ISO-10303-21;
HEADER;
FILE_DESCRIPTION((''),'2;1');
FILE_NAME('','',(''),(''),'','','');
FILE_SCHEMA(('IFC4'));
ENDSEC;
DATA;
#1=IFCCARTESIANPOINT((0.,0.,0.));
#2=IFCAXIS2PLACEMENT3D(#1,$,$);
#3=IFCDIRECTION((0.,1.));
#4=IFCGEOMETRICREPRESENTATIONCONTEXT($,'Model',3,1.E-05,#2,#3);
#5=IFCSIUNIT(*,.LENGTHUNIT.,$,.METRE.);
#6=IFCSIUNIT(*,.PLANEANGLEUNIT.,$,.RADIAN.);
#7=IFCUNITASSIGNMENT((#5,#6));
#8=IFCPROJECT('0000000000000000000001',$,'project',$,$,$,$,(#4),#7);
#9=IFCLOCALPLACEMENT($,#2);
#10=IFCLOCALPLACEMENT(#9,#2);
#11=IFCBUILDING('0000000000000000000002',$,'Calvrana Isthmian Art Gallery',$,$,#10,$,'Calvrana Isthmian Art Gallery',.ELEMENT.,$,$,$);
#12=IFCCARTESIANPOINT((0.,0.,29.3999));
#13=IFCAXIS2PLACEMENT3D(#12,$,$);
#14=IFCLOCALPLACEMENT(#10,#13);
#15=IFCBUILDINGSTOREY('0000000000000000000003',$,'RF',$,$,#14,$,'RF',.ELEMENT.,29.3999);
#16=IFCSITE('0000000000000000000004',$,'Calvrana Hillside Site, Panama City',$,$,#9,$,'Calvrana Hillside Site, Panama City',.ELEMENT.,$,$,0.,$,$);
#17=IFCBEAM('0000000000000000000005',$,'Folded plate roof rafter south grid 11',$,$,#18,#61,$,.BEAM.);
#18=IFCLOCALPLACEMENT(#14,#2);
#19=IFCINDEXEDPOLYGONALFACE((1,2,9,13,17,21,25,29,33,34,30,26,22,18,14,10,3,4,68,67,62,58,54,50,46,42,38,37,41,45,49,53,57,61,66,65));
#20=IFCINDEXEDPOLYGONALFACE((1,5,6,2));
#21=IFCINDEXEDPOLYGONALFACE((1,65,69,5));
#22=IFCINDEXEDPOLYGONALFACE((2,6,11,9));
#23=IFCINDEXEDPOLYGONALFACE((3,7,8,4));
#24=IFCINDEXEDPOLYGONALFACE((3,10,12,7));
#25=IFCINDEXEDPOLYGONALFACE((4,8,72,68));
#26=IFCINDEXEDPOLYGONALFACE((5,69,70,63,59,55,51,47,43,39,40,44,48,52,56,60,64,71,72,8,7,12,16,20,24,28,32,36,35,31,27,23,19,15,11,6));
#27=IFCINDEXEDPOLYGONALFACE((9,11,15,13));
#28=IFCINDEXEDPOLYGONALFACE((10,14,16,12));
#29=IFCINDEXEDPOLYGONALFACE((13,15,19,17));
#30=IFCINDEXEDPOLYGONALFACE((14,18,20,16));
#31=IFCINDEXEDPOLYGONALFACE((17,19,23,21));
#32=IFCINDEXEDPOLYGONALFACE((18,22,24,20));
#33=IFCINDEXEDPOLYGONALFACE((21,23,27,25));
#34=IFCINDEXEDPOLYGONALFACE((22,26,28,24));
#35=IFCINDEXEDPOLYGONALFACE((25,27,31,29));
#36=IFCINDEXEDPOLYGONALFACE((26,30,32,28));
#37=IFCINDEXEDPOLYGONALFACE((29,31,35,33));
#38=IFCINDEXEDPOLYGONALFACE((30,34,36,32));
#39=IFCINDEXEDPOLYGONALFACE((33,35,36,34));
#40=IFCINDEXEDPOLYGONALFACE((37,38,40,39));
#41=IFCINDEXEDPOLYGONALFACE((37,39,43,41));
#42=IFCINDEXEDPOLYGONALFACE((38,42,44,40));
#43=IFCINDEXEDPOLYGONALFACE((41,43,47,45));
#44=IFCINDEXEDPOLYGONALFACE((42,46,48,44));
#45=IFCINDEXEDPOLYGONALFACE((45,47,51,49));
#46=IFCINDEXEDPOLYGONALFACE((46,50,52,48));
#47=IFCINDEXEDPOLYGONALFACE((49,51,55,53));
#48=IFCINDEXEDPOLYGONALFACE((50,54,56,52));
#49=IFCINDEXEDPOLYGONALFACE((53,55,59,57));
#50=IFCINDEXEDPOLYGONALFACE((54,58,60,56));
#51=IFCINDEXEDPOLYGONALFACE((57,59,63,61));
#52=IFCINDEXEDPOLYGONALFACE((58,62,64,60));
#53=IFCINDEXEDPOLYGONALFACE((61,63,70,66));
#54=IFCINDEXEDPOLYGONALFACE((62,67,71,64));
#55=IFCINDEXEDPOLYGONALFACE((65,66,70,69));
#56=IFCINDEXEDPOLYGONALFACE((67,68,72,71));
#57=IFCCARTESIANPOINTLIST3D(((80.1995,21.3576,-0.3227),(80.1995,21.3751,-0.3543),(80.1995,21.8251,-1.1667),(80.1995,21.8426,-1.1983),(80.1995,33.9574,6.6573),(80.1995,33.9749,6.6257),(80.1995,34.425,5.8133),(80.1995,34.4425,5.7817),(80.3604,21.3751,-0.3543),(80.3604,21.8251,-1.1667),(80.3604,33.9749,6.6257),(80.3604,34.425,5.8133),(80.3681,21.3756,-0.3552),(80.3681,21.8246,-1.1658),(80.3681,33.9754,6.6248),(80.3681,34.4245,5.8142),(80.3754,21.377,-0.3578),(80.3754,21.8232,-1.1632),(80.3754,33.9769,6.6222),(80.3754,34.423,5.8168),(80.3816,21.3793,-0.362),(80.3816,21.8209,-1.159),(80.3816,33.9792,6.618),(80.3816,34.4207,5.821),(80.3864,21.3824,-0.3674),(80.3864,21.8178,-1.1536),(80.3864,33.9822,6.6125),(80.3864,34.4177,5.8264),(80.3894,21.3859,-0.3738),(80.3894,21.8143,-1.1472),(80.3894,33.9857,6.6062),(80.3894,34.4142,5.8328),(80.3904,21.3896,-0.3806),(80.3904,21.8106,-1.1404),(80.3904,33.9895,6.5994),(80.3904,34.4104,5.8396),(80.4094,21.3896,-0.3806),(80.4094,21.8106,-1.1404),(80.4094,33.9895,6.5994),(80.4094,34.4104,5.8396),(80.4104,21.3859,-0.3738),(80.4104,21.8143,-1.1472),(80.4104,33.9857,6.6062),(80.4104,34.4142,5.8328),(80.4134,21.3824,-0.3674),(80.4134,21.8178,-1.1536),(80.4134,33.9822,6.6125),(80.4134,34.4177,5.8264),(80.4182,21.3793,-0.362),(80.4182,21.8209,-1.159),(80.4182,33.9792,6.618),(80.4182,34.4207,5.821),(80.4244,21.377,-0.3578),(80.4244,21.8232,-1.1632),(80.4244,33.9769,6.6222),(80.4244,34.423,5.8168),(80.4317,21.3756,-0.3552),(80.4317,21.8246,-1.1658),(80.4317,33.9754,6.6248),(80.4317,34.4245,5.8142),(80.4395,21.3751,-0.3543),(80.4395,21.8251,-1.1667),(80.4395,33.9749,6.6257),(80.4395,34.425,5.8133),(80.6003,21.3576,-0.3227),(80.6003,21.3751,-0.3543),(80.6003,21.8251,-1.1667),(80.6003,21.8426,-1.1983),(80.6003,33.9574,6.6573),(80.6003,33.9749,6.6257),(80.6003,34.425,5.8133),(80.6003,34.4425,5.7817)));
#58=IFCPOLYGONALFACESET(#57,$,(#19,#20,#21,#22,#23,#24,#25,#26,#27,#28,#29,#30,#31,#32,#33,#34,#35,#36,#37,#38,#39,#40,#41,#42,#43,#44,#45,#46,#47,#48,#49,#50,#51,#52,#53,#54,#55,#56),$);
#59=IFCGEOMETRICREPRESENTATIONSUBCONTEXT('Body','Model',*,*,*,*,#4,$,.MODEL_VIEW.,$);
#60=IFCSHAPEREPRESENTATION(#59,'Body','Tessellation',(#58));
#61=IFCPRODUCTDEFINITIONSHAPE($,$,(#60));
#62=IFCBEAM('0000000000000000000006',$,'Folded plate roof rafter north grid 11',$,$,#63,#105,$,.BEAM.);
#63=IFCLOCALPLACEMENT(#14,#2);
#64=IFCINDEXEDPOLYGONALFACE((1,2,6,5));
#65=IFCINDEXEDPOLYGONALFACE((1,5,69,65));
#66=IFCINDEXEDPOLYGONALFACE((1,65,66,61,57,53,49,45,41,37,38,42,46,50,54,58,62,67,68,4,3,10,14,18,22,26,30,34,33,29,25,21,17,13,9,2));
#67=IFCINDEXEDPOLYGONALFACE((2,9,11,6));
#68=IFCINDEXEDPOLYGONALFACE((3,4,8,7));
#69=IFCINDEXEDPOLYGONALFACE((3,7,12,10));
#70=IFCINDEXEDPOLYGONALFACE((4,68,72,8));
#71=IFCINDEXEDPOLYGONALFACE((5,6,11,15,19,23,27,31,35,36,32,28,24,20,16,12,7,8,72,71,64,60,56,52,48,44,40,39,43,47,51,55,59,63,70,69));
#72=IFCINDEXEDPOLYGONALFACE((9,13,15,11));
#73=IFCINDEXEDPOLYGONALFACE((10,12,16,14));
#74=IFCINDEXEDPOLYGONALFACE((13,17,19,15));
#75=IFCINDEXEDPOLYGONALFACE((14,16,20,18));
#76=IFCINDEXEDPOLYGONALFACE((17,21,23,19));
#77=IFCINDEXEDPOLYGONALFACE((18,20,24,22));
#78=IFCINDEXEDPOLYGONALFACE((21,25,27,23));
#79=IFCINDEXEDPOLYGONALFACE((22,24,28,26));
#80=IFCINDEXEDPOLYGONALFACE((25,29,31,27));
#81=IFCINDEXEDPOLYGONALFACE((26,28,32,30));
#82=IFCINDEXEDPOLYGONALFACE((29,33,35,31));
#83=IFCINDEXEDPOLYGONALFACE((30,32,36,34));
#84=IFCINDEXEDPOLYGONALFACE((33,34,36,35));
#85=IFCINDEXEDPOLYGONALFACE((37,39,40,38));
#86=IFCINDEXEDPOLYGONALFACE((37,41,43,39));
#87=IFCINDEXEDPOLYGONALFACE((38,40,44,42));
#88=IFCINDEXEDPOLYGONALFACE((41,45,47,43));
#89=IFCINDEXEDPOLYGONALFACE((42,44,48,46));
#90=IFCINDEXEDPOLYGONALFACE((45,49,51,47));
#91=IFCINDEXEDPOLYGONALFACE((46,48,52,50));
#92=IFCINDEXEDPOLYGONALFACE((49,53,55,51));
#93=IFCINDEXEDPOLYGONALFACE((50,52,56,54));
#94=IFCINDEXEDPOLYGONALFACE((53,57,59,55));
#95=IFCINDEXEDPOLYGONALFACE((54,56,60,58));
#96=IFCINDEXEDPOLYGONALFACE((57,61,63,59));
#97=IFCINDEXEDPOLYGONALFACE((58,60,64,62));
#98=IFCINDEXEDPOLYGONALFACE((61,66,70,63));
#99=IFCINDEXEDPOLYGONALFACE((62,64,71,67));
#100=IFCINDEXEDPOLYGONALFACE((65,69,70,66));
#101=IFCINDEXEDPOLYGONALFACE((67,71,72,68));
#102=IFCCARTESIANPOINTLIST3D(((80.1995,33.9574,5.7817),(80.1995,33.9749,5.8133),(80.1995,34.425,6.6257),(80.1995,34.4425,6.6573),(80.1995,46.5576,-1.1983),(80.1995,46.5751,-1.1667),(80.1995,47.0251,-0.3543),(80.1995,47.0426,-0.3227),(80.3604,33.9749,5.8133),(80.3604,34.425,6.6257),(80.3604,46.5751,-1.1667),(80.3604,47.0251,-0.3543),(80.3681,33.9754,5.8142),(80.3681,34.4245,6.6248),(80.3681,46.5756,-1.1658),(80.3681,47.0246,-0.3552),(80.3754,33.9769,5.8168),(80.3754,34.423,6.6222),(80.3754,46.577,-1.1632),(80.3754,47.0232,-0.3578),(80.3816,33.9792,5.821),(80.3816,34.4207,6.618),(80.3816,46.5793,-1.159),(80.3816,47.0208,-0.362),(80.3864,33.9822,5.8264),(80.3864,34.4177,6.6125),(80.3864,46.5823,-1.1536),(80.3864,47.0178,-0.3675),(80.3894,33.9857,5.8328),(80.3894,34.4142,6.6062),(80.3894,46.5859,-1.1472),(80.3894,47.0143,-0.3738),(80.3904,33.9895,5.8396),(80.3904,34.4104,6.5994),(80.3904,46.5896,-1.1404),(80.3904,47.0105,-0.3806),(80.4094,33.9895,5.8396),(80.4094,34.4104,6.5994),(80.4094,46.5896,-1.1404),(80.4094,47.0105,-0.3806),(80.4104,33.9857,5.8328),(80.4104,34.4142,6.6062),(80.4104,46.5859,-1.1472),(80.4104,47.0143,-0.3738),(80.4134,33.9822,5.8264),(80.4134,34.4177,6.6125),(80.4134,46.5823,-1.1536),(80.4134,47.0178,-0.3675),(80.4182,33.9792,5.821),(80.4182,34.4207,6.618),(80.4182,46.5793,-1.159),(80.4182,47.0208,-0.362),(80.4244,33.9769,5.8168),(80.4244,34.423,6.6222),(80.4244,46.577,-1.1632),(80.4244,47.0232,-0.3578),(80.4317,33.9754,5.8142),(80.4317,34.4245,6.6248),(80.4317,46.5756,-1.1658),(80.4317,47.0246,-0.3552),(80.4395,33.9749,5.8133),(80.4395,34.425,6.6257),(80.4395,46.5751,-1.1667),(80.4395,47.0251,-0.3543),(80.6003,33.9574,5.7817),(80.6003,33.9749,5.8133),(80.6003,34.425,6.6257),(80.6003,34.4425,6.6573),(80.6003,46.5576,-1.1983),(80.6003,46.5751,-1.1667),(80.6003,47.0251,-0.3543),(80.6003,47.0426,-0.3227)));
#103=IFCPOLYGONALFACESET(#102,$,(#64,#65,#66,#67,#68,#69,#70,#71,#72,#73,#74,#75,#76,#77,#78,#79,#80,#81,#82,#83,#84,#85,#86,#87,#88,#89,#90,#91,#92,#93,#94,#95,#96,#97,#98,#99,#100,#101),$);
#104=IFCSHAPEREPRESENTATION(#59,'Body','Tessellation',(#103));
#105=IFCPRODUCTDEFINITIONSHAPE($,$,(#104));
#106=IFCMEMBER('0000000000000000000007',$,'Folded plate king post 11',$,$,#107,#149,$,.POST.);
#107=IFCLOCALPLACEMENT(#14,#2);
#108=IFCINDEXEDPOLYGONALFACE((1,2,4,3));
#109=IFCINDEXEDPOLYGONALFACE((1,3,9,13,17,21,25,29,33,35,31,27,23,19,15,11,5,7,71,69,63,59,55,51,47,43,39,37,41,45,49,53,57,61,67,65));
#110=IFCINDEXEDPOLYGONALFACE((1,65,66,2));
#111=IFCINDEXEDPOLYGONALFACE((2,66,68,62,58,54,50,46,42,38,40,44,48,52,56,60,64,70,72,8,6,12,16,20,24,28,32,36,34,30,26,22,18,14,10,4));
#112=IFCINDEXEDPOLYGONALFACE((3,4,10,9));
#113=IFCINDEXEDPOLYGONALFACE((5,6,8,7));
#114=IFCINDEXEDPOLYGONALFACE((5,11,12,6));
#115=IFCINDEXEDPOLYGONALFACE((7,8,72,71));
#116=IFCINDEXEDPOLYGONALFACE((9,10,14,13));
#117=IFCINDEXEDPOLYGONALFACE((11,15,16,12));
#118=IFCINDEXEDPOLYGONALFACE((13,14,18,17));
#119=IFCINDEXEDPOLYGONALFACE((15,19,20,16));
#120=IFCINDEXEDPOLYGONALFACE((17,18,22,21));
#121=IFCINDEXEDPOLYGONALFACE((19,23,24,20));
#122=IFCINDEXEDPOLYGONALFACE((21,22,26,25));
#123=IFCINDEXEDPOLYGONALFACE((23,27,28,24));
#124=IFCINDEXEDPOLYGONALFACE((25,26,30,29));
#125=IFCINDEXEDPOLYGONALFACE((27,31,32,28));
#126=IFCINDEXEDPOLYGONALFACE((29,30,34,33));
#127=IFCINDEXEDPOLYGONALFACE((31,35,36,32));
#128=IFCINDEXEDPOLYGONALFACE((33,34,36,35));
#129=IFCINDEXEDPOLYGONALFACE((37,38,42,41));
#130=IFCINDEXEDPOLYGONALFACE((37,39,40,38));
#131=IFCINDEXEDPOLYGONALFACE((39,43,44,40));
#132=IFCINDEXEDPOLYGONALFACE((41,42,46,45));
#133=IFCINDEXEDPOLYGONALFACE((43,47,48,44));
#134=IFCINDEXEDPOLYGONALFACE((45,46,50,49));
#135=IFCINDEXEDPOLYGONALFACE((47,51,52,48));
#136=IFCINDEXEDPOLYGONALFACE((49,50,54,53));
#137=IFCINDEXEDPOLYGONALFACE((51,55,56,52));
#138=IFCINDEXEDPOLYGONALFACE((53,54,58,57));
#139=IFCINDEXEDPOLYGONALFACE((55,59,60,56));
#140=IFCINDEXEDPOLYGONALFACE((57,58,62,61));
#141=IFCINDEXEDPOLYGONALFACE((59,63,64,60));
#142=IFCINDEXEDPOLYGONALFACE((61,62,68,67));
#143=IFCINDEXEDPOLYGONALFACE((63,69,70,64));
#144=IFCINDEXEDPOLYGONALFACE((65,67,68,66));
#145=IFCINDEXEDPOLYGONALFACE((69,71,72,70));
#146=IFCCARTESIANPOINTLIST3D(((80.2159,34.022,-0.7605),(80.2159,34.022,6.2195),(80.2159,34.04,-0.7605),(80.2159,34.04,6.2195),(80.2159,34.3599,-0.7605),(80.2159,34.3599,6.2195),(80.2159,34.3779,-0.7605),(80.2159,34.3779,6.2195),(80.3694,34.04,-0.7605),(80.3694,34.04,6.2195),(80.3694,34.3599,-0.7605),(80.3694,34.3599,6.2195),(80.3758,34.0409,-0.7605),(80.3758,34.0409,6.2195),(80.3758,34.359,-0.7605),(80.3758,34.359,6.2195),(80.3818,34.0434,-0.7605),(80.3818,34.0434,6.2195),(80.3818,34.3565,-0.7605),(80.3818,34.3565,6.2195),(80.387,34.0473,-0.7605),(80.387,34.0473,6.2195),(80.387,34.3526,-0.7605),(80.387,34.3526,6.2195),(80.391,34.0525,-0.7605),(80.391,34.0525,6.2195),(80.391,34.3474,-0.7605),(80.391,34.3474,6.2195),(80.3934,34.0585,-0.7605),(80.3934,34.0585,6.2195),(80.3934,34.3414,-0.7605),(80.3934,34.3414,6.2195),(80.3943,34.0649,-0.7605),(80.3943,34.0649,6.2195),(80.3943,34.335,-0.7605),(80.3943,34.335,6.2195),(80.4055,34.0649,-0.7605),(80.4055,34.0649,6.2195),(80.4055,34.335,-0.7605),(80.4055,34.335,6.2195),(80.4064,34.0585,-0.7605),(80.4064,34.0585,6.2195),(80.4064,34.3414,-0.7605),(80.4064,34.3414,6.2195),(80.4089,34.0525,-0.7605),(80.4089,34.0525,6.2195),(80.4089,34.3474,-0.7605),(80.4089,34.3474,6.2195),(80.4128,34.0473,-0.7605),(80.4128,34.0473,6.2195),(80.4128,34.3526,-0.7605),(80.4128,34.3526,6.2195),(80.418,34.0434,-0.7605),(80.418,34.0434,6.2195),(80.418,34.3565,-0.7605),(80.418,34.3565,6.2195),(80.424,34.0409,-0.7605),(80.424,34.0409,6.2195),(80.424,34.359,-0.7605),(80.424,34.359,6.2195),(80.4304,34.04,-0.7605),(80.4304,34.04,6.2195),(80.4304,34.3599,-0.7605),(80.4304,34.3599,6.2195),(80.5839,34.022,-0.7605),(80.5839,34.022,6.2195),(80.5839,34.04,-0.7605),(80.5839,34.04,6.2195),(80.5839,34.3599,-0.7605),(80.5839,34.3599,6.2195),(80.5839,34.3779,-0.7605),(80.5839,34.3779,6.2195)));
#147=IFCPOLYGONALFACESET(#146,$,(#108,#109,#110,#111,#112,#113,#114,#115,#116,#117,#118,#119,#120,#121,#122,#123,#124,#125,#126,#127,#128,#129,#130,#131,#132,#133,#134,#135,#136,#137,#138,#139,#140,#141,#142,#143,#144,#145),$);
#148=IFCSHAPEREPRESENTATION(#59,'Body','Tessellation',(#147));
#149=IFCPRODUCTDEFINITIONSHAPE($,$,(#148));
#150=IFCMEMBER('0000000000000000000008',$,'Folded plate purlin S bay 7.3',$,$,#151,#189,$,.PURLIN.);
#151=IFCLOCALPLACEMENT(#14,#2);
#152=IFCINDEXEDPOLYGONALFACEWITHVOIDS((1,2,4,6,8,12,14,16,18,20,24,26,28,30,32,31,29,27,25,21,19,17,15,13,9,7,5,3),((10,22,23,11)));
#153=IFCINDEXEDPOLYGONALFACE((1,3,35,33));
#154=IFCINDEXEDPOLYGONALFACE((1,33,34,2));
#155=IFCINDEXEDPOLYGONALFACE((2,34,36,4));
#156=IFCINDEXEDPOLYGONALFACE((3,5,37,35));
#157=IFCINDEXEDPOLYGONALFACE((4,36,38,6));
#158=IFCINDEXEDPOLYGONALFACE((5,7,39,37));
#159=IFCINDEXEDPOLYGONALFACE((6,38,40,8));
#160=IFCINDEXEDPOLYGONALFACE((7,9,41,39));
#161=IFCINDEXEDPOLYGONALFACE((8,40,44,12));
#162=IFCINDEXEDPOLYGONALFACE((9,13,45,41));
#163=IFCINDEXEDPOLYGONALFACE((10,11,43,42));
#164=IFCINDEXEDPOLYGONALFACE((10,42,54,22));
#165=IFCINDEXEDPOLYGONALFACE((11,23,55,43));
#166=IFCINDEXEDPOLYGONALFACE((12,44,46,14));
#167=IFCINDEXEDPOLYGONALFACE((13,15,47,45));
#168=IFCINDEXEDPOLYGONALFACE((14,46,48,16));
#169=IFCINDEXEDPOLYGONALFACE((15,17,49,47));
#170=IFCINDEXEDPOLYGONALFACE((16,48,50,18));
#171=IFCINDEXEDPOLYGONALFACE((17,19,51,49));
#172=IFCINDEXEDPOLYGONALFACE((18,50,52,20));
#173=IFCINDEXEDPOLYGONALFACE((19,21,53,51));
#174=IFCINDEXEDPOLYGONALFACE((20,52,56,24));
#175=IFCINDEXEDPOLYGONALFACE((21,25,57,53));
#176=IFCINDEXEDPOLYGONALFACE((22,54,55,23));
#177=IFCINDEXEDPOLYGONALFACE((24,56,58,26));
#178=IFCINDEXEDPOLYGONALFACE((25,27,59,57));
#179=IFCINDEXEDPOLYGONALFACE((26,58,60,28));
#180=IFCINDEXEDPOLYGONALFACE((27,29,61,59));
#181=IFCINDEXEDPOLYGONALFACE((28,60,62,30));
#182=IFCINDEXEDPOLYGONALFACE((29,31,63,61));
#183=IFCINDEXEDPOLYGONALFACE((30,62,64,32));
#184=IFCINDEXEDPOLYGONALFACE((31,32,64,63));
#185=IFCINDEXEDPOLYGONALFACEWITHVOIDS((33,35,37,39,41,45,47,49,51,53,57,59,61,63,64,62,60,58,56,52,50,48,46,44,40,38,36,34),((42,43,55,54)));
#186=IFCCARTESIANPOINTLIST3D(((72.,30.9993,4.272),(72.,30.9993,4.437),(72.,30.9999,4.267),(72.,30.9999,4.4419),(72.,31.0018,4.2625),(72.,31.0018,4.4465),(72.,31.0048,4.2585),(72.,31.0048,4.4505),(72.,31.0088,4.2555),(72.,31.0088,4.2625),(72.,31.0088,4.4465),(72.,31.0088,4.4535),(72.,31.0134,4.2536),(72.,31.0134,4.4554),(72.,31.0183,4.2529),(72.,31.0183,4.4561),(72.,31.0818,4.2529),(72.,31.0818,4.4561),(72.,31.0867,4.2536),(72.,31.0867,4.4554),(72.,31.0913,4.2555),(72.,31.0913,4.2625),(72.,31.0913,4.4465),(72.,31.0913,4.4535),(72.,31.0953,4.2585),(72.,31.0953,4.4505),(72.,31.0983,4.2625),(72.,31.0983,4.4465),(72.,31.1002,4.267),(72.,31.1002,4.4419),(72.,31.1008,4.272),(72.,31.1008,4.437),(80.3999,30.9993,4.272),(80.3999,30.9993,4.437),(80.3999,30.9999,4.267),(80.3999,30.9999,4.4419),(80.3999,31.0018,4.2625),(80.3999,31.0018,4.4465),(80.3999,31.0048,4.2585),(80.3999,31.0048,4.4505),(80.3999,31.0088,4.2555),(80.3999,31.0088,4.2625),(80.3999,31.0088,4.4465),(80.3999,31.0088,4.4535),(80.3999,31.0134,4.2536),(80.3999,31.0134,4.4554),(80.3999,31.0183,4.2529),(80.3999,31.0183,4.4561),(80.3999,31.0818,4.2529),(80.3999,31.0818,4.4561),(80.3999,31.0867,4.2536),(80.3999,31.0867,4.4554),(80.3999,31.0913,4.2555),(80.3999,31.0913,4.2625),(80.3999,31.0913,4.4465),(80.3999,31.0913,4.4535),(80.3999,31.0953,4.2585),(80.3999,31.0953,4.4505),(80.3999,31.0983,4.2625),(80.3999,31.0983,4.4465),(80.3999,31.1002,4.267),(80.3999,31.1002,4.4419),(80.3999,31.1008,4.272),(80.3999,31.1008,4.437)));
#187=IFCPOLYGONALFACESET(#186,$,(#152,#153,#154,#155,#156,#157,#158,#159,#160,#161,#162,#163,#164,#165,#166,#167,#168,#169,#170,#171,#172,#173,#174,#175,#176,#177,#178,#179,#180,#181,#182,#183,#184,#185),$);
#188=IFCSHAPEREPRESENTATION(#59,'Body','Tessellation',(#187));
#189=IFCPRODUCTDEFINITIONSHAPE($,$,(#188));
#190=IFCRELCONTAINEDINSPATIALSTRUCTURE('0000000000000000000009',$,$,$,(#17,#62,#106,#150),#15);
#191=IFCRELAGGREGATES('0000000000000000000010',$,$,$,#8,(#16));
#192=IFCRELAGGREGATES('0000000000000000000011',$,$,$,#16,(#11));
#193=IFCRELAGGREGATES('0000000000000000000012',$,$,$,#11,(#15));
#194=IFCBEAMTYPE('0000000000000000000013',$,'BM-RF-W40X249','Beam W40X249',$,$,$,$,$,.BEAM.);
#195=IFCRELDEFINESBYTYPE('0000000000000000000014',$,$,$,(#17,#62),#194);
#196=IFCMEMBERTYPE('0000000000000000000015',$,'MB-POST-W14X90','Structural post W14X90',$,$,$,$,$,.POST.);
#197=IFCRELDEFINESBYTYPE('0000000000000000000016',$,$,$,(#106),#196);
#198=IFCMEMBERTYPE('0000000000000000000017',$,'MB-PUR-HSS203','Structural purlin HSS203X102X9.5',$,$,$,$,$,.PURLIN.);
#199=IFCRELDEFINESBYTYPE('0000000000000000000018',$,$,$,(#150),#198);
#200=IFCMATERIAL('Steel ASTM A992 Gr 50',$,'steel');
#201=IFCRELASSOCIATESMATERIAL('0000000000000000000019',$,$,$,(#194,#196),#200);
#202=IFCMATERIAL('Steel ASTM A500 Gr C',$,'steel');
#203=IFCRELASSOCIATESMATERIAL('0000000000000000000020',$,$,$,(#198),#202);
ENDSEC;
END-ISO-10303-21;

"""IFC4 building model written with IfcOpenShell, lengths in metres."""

from ifc_helpers import new_model, si_unit, direction, frame, origin, origin_2d, place, context, subcontext, project, spatial, hollow_rectangle, i_section, extrude, material, material_profile, profile_set, type_object, element, save


model = new_model("IFC4")

# Units and contexts
model_context = context("Model", 3, precision=1e-05, world=origin(), true_north=direction((0.0, 1.0)))
body_context = subcontext(model_context, "Body", "Model", "MODEL_VIEW")
ifc_project = project(units=[si_unit("LENGTHUNIT", "METRE"), si_unit("PLANEANGLEUNIT", "RADIAN")], contexts=[model_context])

# Site, building, storey
site_placement = place(None, origin())
site = spatial("IfcSite", under=ifc_project, at=site_placement, Name="Calvrana Hillside Site, Panama City", LongName="Calvrana Hillside Site, Panama City", CompositionType="ELEMENT", RefElevation=0.0)
building_placement = place(site_placement, origin())
building = spatial("IfcBuilding", under=site, at=building_placement, Name="Calvrana Isthmian Art Gallery", LongName="Calvrana Isthmian Art Gallery", CompositionType="ELEMENT")
storey_placement = place(building_placement, frame((0.0, 0.0, 29.3999)))
storey = spatial("IfcBuildingStorey", under=building, at=storey_placement, Name="RF", LongName="RF", CompositionType="ELEMENT", Elevation=29.3999)

# Shared definitions
ifc_material_1 = material(Name="Steel ASTM A500 Gr C", Category="steel")

# Beams
ifc_material_2 = material(Name="Steel ASTM A992 Gr 50", Category="steel")
ifc_material_profile_1 = material_profile(ifc_material_2, i_section(OverallWidth=0.4009, OverallDepth=1.001, WebThickness=0.019, FlangeThickness=0.0361, FilletRadius=0.03, at=origin_2d()), Name="W40X249")
ifc_profile_set_1 = profile_set([ifc_material_profile_1], Name="Steel ASTM A992 Gr 50")
beam_type_1 = type_object("IfcBeamType", Name="BM-RF-W40X249", Description="Beam W40X249", PredefinedType="BEAM", material=ifc_profile_set_1)
beam_1_placement = place(storey_placement, frame((80.3999, 21.6001, -0.7605), z_axis=(0.0, 0.874744, 0.484585), x_axis=(-1.0, 0.0, 0.0)))
element("IfcBeam", 1, at=beam_1_placement, inside=storey, type_object=beam_type_1, Name="Folded plate roof rafter south grid 11", PredefinedType="BEAM", context=body_context, shape_type="SweptSolid", body=[
    extrude(i_section(OverallWidth=0.4009, OverallDepth=1.001, WebThickness=0.019, FlangeThickness=0.0361, FilletRadius=0.03, at=origin_2d()), origin(), (0.0, 0.0, 1.0), 14.4041),
])
beam_2_placement = place(storey_placement, frame((80.3999, 34.2, 6.2195), z_axis=(0.0, 0.874748, -0.484578), x_axis=(-1.0, 0.0, 0.0)))
element("IfcBeam", 2, at=beam_2_placement, inside=storey, type_object=beam_type_1, Name="Folded plate roof rafter north grid 11", PredefinedType="BEAM", context=body_context, shape_type="SweptSolid", body=[
    extrude(i_section(OverallWidth=0.4009, OverallDepth=1.001, WebThickness=0.019, FlangeThickness=0.0361, FilletRadius=0.03, at=origin_2d()), origin(), (0.0, 0.0, 1.0), 14.4043),
])

# Members
ifc_material_profile_2 = material_profile(ifc_material_2, i_section(OverallWidth=0.3679, OverallDepth=0.356, WebThickness=0.0112, FlangeThickness=0.0181, FilletRadius=0.0249, at=origin_2d()), Name="W14X90")
ifc_profile_set_2 = profile_set([ifc_material_profile_2], Name="Steel ASTM A992 Gr 50")
member_type_1 = type_object("IfcMemberType", Name="MB-POST-W14X90", Description="Structural post W14X90", PredefinedType="POST", material=ifc_profile_set_2)
member_1_placement = place(storey_placement, frame((80.3999, 34.2, -0.7605), z_axis=(0.0, 0.0, 1.0), x_axis=(1.0, 0.0, 0.0)))
element("IfcMember", 3, at=member_1_placement, inside=storey, type_object=member_type_1, Name="Folded plate king post 11", PredefinedType="POST", context=body_context, shape_type="SweptSolid", body=[
    extrude(i_section(OverallWidth=0.3679, OverallDepth=0.356, WebThickness=0.0112, FlangeThickness=0.0181, FilletRadius=0.0249, at=origin_2d()), origin(), (0.0, 0.0, 1.0), 6.98),
])
ifc_material_profile_3 = material_profile(ifc_material_1, hollow_rectangle(XDim=0.1016, YDim=0.2031, WallThickness=0.0095, OuterFilletRadius=0.019, at=origin_2d()), Name="HSS203X102X9.5")
ifc_profile_set_3 = profile_set([ifc_material_profile_3], Name="Steel ASTM A500 Gr C")
member_type_2 = type_object("IfcMemberType", Name="MB-PUR-HSS203", Description="Structural purlin HSS203X102X9.5", PredefinedType="PURLIN", material=ifc_profile_set_3)
for number, where, z_axis, x_axis, name in (
    (4, (72.0, 31.05, 4.3545), (1.0, 0.0, 0.0), (0.0, 1.0, 0.0), "Folded plate purlin S bay 7.3"),
):
    element("IfcMember", number, at=place(storey_placement, frame(where, z_axis=z_axis, x_axis=x_axis)), inside=storey, type_object=member_type_2, Name=name, PredefinedType="PURLIN", context=body_context, shape_type="SweptSolid", body=[
        extrude(hollow_rectangle(XDim=0.1016, YDim=0.2031, WallThickness=0.0095, OuterFilletRadius=0.019, at=origin_2d()), origin(), (0.0, 0.0, 1.0), 8.3999),
    ])

save(model, "model.ifc")
